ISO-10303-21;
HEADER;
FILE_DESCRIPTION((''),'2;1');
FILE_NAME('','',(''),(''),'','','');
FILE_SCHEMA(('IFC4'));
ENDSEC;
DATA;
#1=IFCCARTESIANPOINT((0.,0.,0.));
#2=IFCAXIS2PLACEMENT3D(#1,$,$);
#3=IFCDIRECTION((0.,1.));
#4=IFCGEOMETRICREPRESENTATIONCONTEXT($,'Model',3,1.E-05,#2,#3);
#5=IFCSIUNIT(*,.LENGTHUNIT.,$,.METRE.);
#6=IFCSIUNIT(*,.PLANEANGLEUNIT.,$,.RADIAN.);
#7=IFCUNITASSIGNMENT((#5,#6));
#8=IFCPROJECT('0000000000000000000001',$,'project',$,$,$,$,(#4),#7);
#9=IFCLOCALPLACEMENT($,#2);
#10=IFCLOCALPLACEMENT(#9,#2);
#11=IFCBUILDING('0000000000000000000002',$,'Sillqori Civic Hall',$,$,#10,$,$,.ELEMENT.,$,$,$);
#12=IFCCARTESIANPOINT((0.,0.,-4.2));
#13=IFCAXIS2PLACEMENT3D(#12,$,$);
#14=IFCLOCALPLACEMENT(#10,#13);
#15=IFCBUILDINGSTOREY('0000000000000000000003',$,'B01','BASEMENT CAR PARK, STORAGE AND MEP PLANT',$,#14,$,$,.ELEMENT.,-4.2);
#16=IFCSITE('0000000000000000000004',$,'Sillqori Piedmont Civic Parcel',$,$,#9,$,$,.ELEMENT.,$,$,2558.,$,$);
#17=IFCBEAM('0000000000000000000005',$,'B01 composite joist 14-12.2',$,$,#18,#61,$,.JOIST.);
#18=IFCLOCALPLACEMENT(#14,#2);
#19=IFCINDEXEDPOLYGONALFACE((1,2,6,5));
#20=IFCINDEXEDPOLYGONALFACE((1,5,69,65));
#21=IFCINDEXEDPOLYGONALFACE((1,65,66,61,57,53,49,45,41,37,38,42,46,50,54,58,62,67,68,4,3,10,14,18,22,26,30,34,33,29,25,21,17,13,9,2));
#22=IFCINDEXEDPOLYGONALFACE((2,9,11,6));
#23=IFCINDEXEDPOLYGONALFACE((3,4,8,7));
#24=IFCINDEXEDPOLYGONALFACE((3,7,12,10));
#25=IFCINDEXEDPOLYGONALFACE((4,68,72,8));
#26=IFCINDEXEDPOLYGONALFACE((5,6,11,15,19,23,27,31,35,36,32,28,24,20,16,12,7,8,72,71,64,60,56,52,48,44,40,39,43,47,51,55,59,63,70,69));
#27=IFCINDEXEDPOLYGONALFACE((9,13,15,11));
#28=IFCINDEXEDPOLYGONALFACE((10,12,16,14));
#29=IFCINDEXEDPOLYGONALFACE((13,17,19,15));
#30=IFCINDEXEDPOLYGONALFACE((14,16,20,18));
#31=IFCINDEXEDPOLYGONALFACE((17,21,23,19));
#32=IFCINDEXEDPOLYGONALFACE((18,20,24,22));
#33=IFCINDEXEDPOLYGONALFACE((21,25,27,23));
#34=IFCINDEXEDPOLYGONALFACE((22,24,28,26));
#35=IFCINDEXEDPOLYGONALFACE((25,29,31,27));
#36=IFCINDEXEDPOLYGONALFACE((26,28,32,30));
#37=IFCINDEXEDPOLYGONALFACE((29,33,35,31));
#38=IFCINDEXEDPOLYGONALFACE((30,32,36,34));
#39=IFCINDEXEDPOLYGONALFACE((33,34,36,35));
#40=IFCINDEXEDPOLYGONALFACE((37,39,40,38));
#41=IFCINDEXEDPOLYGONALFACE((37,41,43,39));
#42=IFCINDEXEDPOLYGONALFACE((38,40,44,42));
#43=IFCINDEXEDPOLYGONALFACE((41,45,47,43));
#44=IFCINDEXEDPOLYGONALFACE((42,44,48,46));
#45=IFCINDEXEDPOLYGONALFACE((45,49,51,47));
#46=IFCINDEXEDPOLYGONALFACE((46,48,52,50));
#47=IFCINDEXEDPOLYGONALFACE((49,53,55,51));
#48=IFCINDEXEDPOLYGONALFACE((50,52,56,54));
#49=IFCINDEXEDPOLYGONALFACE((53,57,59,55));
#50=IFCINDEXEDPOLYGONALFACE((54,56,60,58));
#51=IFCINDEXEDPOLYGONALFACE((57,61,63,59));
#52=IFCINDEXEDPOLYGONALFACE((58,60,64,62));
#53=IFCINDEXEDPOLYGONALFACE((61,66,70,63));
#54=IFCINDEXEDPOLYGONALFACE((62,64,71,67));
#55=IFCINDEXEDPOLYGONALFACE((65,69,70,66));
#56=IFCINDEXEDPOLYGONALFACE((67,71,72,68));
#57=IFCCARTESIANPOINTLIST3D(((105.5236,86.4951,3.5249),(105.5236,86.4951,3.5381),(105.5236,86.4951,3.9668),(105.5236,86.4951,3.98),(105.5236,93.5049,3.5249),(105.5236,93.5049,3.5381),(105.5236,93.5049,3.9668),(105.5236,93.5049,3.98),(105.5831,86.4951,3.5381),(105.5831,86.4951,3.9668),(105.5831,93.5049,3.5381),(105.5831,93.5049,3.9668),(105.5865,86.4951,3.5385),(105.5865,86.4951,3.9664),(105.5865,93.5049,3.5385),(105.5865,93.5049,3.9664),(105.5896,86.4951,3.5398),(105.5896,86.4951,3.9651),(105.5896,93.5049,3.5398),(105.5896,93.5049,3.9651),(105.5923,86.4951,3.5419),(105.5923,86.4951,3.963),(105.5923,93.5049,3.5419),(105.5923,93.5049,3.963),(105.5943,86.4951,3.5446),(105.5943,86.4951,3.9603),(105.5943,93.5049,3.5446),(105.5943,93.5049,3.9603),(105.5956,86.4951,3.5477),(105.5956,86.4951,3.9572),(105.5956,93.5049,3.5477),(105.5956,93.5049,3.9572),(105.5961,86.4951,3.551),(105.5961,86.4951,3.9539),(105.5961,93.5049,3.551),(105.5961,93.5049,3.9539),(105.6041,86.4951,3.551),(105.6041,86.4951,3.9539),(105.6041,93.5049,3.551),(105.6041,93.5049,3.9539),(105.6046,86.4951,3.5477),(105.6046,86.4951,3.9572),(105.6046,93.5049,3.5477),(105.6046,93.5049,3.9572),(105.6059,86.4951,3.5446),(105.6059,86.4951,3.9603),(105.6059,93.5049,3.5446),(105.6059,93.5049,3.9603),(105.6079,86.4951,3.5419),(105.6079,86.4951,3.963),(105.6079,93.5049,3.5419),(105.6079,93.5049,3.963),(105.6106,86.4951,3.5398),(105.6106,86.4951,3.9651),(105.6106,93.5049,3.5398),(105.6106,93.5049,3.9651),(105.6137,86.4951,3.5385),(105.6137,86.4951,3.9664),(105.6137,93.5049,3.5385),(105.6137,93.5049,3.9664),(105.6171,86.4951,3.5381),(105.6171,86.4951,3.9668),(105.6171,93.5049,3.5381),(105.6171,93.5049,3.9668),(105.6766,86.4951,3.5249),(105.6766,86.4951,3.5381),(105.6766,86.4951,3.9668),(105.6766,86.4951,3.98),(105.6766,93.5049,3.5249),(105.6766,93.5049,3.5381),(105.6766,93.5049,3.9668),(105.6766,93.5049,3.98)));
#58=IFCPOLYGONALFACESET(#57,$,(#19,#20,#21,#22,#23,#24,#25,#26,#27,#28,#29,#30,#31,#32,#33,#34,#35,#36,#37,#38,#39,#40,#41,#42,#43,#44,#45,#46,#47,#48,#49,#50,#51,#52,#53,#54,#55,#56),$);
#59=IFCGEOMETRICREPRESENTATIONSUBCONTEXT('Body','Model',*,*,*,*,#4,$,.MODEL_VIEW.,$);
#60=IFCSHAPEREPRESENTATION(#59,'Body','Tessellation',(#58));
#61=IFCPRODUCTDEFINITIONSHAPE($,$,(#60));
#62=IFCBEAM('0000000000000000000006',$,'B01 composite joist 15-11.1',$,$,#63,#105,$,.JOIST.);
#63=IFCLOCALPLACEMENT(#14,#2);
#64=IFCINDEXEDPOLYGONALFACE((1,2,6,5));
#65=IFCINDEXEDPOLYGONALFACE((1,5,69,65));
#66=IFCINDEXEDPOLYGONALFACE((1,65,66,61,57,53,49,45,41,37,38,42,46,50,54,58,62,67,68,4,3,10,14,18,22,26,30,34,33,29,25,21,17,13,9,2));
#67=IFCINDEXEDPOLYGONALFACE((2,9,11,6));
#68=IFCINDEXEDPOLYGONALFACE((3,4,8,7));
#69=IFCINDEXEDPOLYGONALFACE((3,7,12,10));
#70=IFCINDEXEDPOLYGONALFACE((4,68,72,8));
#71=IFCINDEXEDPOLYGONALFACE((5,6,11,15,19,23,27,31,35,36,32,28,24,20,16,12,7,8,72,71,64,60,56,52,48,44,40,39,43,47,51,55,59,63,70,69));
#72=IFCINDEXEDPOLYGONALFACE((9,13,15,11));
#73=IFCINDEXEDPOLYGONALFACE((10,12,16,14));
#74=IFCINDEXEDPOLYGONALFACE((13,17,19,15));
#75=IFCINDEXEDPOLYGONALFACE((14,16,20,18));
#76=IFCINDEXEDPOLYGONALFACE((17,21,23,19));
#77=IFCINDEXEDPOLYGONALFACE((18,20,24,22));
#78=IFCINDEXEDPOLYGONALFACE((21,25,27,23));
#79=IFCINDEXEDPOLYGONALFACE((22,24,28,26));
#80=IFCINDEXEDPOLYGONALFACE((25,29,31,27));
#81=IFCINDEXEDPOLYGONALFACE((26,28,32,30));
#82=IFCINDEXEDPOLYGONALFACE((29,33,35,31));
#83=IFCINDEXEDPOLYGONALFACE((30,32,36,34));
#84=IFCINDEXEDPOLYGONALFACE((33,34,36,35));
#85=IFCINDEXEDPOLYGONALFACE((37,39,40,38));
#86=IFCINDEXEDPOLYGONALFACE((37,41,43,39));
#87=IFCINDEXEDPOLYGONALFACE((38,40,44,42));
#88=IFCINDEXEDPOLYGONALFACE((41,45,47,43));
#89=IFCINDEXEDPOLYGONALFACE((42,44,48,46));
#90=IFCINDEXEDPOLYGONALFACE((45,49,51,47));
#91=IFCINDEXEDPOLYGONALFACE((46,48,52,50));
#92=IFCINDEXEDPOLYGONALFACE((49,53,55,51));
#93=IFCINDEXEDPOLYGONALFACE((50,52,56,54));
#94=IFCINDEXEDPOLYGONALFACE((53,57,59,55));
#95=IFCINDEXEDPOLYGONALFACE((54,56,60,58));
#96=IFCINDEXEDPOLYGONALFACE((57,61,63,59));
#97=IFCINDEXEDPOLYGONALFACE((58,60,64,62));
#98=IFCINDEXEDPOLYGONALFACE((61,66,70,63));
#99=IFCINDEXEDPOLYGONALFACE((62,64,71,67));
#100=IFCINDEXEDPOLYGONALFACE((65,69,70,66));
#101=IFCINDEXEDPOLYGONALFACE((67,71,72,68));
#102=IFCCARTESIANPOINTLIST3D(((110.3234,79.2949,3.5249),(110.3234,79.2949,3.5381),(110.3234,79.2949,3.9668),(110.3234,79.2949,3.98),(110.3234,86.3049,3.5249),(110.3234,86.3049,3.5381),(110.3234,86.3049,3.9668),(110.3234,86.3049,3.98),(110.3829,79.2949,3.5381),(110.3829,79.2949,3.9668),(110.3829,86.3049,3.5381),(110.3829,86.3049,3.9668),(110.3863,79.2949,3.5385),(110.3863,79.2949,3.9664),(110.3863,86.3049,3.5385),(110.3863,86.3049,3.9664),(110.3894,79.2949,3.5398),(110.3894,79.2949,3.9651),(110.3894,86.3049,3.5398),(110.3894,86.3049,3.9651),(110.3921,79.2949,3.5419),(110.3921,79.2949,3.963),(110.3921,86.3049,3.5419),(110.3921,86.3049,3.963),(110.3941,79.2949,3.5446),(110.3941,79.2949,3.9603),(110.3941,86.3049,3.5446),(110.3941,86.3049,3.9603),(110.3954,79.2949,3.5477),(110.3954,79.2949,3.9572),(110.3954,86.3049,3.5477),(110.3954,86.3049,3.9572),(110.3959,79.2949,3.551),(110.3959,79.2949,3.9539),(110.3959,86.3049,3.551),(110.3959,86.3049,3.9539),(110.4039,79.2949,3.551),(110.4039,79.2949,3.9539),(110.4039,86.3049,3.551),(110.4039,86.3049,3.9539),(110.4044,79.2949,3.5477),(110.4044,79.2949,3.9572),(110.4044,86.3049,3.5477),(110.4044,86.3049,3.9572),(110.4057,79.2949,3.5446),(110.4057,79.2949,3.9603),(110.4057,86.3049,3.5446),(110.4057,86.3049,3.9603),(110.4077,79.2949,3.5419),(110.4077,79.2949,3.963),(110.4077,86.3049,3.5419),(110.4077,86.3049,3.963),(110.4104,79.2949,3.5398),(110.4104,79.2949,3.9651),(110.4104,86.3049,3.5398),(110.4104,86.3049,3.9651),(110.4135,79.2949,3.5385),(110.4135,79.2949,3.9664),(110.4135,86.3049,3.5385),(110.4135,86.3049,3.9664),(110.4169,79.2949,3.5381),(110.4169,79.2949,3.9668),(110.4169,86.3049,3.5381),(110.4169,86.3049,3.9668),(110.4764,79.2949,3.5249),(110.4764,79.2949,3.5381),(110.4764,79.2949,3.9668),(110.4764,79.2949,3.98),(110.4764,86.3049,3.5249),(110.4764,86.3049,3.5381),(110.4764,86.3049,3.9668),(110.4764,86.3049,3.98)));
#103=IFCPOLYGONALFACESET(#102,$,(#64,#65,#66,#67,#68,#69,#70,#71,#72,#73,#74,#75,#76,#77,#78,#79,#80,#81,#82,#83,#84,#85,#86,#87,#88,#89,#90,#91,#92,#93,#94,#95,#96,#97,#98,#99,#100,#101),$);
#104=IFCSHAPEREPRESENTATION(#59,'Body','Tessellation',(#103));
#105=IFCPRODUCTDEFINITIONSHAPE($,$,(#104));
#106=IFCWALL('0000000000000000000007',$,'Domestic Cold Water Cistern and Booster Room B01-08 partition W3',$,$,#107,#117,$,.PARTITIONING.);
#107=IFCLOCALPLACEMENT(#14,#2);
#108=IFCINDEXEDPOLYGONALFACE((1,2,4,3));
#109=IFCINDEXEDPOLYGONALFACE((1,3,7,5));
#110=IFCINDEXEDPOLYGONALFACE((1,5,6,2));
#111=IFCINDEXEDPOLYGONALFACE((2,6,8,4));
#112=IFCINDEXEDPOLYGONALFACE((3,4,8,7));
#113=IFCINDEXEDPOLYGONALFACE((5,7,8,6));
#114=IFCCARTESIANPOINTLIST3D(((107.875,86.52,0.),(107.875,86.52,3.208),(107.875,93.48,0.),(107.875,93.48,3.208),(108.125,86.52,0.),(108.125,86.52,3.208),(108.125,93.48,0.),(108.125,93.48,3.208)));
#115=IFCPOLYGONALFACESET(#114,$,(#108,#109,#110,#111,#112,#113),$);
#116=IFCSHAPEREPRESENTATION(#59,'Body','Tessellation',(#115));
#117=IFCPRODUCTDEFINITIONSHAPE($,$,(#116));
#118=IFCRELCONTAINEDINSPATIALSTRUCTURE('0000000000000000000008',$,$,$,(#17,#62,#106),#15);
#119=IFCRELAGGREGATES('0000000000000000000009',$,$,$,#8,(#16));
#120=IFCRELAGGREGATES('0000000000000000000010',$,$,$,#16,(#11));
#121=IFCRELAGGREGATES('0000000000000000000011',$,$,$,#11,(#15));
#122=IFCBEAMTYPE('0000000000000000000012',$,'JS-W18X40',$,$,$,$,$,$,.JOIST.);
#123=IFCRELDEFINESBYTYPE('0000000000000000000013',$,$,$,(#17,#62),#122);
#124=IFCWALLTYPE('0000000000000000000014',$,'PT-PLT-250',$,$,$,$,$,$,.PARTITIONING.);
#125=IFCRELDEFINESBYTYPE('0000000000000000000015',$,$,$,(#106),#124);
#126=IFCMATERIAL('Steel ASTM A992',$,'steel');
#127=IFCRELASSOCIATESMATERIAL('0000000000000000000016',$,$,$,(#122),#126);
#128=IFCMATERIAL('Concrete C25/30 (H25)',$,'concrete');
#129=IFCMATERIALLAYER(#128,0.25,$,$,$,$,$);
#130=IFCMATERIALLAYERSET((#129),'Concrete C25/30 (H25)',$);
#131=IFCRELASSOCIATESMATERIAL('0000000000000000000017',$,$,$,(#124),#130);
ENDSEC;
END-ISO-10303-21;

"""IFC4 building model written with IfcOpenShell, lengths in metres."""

from ifc_helpers import new_model, si_unit, direction, frame, frame_2d, origin, origin_2d, place, context, subcontext, project, spatial, rectangle, i_section, extrude, material, layer, layer_set, material_profile, profile_set, type_object, element, save


model = new_model("IFC4")

# Units and contexts
model_context = context("Model", 3, precision=1e-05, world=origin(), true_north=direction((0.0, 1.0)))
body_context = subcontext(model_context, "Body", "Model", "MODEL_VIEW")
ifc_project = project(units=[si_unit("LENGTHUNIT", "METRE"), si_unit("PLANEANGLEUNIT", "RADIAN")], contexts=[model_context])

# Site, building, storey
site_placement = place(None, origin())
site = spatial("IfcSite", under=ifc_project, at=site_placement, Name="Sillqori Piedmont Civic Parcel", CompositionType="ELEMENT", RefElevation=2558.0)
building_placement = place(site_placement, origin())
building = spatial("IfcBuilding", under=site, at=building_placement, Name="Sillqori Civic Hall", CompositionType="ELEMENT")
storey_placement = place(building_placement, frame((0.0, 0.0, -4.2)))
storey = spatial("IfcBuildingStorey", under=building, at=storey_placement, Name="B01", Description="BASEMENT CAR PARK, STORAGE AND MEP PLANT", CompositionType="ELEMENT", Elevation=-4.2)

# Beams
ifc_material_1 = material(Name="Steel ASTM A992", Category="steel")
ifc_material_profile_1 = material_profile(ifc_material_1, i_section(OverallWidth=0.1531, OverallDepth=0.4551, WebThickness=0.0081, FlangeThickness=0.0132, FilletRadius=0.0129, at=origin_2d()), Name="W18X40")
ifc_profile_set_1 = profile_set([ifc_material_profile_1], Name="Steel ASTM A992")
beam_type_1 = type_object("IfcBeamType", Name="JS-W18X40", PredefinedType="JOIST", material=ifc_profile_set_1)
for number, where, z_axis, x_axis, name in (
    (1, (105.6001, 86.4951, 3.7524), (0.0, 1.0, 0.0), (-1.0, 0.0, 0.0), "B01 composite joist 14-12.2"),
):
    element("IfcBeam", number, at=place(storey_placement, frame(where, z_axis=z_axis, x_axis=x_axis)), inside=storey, type_object=beam_type_1, Name=name, PredefinedType="JOIST", context=body_context, shape_type="SweptSolid", body=[
        extrude(i_section(OverallWidth=0.1531, OverallDepth=0.4551, WebThickness=0.0081, FlangeThickness=0.0132, FilletRadius=0.0129, at=origin_2d()), origin(), (0.0, 0.0, 1.0), 7.0098),
    ])
beam_1_placement = place(storey_placement, frame((110.3999, 79.2949, 3.7524), z_axis=(0.0, 1.0, 0.0), x_axis=(-1.0, 0.0, 0.0)))
element("IfcBeam", 2, at=beam_1_placement, inside=storey, type_object=beam_type_1, Name="B01 composite joist 15-11.1", PredefinedType="JOIST", context=body_context, shape_type="SweptSolid", body=[
    extrude(i_section(OverallWidth=0.1531, OverallDepth=0.4551, WebThickness=0.0081, FlangeThickness=0.0132, FilletRadius=0.0129, at=origin_2d()), origin(), (0.0, 0.0, 1.0), 7.01),
])

# Wall
ifc_material_2 = material(Name="Concrete C25/30 (H25)", Category="concrete")
ifc_layer = layer(ifc_material_2, 0.25)
ifc_layer_set = layer_set([ifc_layer], Name="Concrete C25/30 (H25)")
wall_type = type_object("IfcWallType", Name="PT-PLT-250", PredefinedType="PARTITIONING", material=ifc_layer_set)
wall_placement = place(storey_placement, frame((108.0, 86.52, 0.0), z_axis=(0.0, 0.0, 1.0), x_axis=(0.0, 1.0, 0.0)))
element("IfcWall", 3, at=wall_placement, inside=storey, type_object=wall_type, Name="Domestic Cold Water Cistern and Booster Room B01-08 partition W3", PredefinedType="PARTITIONING", context=body_context, shape_type="SweptSolid", body=[
    extrude(rectangle(XDim=6.96, YDim=0.25, at=frame_2d((3.48, 0.0))), origin(), (0.0, 0.0, 1.0), 3.208),
])

save(model, "model.ifc")
